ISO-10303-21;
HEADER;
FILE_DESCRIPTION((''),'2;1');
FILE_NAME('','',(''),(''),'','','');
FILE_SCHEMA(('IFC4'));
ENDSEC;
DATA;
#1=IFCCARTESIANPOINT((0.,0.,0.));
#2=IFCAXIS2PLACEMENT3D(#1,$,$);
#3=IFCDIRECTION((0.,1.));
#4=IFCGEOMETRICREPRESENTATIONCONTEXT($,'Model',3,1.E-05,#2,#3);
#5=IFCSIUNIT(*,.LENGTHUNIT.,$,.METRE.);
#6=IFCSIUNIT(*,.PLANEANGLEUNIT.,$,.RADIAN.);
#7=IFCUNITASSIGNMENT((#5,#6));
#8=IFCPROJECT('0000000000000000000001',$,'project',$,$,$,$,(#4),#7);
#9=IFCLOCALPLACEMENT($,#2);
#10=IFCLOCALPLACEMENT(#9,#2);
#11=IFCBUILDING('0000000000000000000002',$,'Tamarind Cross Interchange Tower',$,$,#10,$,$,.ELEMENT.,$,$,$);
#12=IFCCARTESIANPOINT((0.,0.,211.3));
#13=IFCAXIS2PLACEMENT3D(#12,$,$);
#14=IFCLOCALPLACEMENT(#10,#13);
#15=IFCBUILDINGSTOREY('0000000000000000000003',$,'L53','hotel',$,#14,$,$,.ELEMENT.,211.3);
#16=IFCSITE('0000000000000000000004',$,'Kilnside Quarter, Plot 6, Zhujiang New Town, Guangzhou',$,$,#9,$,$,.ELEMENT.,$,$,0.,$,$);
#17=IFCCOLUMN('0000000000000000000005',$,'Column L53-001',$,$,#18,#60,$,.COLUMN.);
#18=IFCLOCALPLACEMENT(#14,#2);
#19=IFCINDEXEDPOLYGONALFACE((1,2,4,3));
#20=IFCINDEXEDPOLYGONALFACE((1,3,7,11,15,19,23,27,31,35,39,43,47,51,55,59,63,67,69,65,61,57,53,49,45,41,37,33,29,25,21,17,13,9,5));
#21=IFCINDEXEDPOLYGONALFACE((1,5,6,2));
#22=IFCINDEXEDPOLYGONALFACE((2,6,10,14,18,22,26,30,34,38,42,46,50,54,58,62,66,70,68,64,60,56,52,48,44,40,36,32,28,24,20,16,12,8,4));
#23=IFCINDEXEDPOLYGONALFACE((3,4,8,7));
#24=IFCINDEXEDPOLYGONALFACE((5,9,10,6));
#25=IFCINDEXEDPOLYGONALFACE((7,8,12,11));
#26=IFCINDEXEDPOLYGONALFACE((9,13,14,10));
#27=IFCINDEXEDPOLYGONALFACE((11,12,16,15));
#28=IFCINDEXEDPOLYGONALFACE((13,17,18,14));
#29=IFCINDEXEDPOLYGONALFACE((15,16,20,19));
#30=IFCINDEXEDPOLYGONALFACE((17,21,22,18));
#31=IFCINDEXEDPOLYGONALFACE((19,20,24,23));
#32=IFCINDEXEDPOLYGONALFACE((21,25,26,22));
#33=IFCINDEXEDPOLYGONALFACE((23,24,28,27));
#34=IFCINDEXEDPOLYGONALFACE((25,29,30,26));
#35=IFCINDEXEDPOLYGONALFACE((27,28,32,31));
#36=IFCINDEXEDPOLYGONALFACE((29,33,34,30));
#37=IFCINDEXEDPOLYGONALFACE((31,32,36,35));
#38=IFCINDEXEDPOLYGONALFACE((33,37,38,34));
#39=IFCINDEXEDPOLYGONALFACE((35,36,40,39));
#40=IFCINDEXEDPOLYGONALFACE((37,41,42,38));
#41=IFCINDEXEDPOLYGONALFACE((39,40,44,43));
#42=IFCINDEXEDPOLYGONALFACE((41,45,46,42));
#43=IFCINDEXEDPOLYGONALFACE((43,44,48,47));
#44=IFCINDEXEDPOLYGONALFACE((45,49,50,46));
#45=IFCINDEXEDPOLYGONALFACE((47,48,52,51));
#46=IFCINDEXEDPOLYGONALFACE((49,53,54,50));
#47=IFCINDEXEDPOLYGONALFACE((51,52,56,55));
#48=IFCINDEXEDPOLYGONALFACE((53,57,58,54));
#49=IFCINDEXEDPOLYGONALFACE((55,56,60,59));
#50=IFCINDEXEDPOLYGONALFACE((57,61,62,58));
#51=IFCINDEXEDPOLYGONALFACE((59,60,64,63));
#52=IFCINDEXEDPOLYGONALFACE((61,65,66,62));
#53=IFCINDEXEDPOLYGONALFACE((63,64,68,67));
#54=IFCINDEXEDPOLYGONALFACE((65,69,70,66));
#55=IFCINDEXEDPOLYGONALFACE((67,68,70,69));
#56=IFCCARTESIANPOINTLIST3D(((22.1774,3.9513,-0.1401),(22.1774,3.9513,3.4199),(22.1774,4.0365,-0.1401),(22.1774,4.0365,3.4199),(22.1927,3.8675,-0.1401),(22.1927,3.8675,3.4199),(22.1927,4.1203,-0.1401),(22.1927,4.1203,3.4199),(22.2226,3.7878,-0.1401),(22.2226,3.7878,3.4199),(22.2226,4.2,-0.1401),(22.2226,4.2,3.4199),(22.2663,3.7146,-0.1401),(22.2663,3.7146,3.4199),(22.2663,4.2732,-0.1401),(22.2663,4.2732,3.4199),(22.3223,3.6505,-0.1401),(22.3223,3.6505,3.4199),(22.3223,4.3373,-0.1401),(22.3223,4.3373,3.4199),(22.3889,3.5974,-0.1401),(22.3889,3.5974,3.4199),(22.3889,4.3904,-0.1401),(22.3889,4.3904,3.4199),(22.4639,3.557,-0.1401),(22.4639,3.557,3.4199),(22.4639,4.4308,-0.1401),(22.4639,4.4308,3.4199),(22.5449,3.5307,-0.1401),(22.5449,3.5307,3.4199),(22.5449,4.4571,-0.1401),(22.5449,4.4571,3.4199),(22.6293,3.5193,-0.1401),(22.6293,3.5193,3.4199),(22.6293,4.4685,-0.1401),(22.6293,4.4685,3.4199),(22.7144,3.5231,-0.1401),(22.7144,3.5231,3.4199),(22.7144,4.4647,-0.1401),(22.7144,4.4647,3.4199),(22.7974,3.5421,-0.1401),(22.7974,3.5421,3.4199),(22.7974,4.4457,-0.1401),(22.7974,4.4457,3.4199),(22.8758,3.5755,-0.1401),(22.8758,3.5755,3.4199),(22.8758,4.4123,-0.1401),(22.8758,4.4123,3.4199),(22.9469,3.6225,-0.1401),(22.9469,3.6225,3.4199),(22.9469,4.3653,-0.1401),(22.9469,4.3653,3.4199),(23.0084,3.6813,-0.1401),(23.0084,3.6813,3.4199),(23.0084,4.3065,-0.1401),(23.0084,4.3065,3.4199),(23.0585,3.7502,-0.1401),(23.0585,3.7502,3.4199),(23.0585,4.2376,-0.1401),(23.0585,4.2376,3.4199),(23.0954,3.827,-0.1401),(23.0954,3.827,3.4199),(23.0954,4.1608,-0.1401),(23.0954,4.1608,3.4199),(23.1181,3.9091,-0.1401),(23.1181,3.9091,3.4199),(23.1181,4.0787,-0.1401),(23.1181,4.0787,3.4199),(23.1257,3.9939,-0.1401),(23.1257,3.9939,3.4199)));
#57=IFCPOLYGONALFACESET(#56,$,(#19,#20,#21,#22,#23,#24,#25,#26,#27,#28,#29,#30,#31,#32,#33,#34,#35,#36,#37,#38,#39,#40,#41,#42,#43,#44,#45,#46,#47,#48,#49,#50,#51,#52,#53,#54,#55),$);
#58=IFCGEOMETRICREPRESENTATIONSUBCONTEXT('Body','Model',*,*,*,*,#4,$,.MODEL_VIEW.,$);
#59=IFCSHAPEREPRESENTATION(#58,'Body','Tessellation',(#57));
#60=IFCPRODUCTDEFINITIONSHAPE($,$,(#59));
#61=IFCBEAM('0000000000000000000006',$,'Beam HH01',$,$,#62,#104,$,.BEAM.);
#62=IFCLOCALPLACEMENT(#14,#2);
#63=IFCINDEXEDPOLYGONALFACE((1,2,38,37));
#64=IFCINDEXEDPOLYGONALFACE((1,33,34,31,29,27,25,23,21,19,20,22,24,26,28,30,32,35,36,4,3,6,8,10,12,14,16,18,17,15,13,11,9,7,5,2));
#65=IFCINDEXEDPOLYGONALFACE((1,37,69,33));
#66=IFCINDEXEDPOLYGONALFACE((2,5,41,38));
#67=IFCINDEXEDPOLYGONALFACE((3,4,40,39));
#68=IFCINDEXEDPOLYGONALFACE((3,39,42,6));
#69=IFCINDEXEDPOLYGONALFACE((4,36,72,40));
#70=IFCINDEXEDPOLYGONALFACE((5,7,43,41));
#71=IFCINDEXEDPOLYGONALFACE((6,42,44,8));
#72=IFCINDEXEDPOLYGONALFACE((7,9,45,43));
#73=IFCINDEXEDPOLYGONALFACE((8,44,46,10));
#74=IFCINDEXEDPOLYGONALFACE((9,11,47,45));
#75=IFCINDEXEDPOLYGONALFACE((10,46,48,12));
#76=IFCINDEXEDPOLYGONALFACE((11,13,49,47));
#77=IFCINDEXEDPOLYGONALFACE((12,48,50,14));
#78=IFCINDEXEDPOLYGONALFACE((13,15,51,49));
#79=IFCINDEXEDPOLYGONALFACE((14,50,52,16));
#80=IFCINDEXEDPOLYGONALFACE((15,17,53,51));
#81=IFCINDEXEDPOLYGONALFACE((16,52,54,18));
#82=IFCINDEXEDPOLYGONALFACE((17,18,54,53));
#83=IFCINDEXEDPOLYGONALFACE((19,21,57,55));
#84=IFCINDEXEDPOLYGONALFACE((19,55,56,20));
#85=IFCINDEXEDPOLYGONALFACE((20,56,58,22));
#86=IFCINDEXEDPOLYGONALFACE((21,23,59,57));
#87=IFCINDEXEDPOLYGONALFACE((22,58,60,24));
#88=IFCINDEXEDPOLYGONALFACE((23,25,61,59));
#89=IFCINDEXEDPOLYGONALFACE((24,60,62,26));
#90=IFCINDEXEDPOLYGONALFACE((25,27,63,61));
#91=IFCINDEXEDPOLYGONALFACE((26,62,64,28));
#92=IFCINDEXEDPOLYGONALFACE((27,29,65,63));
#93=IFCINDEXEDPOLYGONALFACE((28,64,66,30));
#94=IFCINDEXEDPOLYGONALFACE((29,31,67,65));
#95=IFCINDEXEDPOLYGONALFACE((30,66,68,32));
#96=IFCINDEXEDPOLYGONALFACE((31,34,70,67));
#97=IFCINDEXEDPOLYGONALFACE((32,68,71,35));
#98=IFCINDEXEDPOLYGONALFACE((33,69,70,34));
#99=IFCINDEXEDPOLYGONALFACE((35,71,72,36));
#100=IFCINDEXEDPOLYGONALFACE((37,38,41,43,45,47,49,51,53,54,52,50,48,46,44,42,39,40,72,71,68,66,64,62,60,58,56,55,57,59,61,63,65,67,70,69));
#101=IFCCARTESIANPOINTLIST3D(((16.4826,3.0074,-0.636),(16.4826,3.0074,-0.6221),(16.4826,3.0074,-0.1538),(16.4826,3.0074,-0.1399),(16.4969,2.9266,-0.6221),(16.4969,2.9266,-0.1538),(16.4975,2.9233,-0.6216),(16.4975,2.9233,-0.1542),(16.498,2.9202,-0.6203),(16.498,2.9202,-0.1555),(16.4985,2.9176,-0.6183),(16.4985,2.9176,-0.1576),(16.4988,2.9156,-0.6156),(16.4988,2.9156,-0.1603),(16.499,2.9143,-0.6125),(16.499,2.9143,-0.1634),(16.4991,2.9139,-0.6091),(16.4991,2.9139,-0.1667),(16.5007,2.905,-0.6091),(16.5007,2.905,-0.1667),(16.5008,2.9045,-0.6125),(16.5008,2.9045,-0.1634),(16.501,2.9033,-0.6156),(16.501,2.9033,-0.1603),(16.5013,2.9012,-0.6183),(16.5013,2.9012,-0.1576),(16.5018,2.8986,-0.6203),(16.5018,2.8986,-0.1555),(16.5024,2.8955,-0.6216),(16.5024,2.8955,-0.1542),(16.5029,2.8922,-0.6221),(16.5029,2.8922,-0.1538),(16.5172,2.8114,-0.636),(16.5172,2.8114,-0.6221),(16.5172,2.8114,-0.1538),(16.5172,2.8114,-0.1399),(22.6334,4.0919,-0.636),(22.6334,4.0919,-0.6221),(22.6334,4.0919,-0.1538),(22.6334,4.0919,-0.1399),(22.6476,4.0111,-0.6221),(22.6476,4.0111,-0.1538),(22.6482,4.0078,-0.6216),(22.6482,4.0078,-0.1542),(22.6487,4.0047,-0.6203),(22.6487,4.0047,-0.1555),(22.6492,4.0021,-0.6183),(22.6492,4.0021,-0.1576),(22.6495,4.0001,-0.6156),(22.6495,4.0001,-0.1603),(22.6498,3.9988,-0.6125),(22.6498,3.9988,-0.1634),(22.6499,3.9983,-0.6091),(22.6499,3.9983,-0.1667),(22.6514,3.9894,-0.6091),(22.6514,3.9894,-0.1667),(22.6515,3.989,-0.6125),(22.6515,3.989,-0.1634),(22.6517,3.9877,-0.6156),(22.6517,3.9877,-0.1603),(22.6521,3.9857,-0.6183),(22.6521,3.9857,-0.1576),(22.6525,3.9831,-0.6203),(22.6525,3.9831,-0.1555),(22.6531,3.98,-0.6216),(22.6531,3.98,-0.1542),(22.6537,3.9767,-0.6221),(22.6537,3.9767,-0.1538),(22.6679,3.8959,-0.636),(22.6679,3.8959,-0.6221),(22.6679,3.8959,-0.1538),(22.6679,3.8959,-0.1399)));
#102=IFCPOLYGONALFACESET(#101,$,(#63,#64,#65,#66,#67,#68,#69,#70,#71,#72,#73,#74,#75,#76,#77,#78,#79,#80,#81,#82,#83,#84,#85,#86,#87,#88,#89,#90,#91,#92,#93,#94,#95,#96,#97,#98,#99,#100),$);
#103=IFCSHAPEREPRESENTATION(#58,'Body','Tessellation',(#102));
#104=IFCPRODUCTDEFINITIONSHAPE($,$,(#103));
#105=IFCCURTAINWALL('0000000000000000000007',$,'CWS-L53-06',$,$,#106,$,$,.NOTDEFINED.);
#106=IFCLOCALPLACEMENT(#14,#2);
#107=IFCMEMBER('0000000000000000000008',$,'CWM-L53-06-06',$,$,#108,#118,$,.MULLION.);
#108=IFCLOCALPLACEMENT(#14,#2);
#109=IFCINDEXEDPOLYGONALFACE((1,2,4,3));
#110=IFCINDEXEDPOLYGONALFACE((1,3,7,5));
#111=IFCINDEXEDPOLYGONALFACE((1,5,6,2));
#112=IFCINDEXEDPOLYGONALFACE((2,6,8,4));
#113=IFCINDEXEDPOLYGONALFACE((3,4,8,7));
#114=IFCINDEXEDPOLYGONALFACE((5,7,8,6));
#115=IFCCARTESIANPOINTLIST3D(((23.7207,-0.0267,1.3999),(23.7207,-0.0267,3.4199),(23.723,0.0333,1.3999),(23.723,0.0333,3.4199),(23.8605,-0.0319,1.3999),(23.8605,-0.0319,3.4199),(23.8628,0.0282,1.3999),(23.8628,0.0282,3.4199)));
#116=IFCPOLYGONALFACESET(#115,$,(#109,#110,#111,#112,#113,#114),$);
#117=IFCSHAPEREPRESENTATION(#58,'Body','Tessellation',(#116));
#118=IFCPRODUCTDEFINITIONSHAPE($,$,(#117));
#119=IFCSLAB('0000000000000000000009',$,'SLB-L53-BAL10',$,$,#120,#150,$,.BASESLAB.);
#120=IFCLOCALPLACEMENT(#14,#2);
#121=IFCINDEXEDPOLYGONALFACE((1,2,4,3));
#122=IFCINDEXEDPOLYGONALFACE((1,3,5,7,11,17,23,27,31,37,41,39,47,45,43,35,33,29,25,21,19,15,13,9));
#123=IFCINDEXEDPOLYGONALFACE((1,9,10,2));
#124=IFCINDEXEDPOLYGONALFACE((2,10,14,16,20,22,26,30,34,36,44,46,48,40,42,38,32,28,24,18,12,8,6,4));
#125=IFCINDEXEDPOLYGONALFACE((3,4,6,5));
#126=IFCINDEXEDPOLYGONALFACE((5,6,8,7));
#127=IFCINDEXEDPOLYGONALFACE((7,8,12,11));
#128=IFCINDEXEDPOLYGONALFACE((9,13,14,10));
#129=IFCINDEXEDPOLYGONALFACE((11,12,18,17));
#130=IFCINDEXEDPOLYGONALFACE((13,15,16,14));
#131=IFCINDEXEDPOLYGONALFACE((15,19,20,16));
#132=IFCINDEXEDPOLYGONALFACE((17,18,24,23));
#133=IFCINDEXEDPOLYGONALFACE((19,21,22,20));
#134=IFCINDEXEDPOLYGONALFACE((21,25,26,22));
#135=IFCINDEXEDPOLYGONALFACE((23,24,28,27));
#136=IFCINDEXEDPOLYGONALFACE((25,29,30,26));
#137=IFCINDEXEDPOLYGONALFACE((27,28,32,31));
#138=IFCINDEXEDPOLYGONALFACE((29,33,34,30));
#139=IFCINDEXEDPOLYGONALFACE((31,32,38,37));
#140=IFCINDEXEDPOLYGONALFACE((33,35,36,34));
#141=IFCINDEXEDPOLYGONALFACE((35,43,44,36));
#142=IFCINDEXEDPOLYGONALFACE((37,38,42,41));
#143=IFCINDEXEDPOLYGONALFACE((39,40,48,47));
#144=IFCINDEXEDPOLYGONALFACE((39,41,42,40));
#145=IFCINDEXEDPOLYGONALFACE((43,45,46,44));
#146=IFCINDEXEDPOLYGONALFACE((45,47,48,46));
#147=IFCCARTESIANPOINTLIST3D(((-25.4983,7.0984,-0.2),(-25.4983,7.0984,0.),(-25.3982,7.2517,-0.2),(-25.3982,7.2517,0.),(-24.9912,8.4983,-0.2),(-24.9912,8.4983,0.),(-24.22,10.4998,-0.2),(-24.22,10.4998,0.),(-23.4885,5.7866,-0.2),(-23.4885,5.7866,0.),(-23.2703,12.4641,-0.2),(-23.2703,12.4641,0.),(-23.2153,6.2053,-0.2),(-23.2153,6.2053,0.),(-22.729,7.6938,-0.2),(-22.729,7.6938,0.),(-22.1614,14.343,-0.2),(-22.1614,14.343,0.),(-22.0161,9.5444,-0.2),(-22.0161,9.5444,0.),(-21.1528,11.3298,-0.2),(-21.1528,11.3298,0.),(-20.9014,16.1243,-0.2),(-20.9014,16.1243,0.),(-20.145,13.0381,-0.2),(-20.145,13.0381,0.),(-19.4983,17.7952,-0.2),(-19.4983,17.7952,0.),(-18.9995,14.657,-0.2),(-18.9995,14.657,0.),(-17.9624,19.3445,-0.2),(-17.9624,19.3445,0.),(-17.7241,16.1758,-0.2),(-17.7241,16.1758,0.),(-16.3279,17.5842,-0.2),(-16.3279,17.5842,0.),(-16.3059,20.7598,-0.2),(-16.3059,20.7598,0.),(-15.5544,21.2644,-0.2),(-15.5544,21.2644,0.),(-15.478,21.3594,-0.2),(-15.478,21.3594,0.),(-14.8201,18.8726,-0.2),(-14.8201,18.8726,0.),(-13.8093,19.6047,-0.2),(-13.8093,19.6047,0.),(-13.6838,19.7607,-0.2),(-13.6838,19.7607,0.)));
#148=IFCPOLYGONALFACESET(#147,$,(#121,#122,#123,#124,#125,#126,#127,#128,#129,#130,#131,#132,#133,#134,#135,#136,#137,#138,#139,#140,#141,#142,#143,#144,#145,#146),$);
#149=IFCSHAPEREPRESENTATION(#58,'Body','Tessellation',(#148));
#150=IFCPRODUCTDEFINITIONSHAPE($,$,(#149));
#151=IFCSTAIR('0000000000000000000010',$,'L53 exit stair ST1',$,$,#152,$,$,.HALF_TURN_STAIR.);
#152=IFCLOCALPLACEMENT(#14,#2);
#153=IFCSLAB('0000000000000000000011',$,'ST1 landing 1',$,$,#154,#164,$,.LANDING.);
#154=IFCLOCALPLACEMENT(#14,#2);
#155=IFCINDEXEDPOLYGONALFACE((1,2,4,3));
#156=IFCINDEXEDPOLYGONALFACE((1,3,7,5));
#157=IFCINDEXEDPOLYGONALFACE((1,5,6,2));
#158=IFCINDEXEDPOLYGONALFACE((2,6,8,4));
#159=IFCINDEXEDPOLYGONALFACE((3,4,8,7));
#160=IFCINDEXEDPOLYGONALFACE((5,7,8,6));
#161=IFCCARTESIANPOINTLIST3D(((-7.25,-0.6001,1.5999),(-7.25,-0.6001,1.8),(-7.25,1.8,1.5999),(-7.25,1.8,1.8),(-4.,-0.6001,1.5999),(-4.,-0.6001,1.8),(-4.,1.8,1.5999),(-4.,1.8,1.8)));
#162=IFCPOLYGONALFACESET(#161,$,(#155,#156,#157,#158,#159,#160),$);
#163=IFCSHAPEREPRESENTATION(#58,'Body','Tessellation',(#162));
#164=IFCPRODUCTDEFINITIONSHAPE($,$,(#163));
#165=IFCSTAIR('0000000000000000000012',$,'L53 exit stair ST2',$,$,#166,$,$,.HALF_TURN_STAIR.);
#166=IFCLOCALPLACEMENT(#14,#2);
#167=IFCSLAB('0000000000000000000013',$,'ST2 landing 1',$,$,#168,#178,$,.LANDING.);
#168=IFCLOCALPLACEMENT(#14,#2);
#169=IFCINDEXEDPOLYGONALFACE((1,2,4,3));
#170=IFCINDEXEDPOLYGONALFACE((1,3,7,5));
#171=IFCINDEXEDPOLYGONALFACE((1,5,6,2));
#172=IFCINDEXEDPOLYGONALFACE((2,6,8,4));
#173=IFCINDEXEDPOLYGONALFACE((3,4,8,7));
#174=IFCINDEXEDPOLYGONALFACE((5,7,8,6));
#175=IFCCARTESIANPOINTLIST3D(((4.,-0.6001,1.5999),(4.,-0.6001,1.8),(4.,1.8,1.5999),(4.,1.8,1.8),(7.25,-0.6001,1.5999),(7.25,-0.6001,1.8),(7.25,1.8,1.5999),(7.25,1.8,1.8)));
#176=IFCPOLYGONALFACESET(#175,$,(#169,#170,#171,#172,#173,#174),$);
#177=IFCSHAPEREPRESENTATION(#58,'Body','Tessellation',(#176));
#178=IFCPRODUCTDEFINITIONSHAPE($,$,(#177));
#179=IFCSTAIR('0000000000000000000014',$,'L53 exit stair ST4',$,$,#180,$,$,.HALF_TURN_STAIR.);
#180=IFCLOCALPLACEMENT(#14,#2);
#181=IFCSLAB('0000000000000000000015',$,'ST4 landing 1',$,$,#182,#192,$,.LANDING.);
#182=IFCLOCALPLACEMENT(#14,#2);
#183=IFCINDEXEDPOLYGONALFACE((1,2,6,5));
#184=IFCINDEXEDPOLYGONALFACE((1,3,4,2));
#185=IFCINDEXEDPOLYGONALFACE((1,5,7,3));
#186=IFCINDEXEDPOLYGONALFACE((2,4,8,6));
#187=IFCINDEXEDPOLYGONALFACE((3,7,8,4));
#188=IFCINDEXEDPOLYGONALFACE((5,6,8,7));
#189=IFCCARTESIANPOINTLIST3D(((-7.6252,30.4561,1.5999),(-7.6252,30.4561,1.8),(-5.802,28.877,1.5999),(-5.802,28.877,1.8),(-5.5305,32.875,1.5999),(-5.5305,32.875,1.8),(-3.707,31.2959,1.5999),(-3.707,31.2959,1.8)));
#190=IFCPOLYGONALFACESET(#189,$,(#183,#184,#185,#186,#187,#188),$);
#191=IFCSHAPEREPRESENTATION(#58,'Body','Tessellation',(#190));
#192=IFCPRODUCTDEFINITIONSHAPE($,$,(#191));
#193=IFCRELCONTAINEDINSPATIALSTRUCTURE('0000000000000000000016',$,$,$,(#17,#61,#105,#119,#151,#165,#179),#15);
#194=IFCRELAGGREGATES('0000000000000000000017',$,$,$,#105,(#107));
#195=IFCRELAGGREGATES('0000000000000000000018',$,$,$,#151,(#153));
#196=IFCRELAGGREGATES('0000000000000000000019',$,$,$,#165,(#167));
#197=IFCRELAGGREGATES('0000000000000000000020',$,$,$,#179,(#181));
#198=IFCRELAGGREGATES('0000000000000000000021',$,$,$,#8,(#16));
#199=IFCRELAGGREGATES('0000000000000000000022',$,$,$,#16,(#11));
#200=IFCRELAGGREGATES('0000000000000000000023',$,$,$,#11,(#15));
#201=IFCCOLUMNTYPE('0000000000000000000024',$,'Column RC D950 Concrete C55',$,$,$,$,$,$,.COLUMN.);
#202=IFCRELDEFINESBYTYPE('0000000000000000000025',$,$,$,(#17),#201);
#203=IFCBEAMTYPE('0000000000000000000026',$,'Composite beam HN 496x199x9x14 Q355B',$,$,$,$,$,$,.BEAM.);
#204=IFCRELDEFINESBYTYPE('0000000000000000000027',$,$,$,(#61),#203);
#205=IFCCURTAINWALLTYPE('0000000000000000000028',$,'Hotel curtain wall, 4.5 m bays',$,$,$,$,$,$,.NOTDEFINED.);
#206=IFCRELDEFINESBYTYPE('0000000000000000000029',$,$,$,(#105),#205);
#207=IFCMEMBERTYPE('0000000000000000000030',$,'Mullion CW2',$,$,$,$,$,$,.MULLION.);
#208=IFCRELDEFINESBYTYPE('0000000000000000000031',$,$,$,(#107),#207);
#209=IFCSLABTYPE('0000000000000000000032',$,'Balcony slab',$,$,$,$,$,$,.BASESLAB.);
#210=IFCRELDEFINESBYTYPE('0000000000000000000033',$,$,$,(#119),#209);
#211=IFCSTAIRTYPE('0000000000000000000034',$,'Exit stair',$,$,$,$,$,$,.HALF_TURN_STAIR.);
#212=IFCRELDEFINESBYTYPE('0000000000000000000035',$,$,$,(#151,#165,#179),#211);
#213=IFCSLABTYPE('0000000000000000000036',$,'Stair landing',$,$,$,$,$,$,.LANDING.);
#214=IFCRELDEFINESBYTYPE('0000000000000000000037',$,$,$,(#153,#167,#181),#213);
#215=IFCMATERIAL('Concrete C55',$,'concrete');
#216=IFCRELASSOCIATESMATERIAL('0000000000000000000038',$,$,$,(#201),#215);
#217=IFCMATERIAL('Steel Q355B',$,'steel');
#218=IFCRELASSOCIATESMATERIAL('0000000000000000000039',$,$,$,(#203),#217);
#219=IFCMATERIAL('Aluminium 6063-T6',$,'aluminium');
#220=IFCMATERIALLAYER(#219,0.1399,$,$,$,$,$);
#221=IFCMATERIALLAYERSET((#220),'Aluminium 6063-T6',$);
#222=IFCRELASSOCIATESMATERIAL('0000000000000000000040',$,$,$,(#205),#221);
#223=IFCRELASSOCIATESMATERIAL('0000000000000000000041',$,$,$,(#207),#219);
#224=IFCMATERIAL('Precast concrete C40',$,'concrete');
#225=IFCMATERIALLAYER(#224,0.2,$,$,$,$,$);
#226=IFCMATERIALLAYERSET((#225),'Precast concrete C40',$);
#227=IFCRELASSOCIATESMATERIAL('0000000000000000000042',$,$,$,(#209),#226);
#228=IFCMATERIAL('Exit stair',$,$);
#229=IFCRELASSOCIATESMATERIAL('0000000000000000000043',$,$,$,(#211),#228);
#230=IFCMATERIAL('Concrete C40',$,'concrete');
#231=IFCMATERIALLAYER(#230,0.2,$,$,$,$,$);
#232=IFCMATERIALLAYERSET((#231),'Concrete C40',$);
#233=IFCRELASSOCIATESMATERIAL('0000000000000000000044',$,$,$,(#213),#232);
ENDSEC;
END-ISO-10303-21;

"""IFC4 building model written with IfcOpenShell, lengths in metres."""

from ifc_helpers import new_model, si_unit, direction, frame, origin, origin_2d, place, context, subcontext, project, spatial, polyline, rectangle, circle, i_section, outline, extrude, material, layer, layer_set, material_profile, profile_set, type_object, element, aggregate, save


model = new_model("IFC4")

# Units and contexts
model_context = context("Model", 3, precision=1e-05, world=origin(), true_north=direction((0.0, 1.0)))
body_context = subcontext(model_context, "Body", "Model", "MODEL_VIEW")
ifc_project = project(units=[si_unit("LENGTHUNIT", "METRE"), si_unit("PLANEANGLEUNIT", "RADIAN")], contexts=[model_context])

# Site, building, storey
site_placement = place(None, origin())
site = spatial("IfcSite", under=ifc_project, at=site_placement, Name="Kilnside Quarter, Plot 6, Zhujiang New Town, Guangzhou", CompositionType="ELEMENT", RefElevation=0.0)
building_placement = place(site_placement, origin())
building = spatial("IfcBuilding", under=site, at=building_placement, Name="Tamarind Cross Interchange Tower", CompositionType="ELEMENT")
storey_placement = place(building_placement, frame((0.0, 0.0, 211.3)))
storey = spatial("IfcBuildingStorey", under=building, at=storey_placement, Name="L53", Description="hotel", CompositionType="ELEMENT", Elevation=211.3)

# Column
ifc_material_1 = material(Name="Concrete C55", Category="concrete")
ifc_material_profile_1 = material_profile(ifc_material_1, circle(Radius=0.4751, at=origin_2d()), Name="RC D950")
ifc_profile_set_1 = profile_set([ifc_material_profile_1], Name="Concrete C55")
column_type = type_object("IfcColumnType", Name="Column RC D950 Concrete C55", PredefinedType="COLUMN", material=ifc_profile_set_1)
column_placement = place(storey_placement, frame((22.6506, 3.9939, -0.1401), z_axis=(0.0, 0.0, 1.0), x_axis=(1.0, 0.0, 0.0)))
element("IfcColumn", 1, at=column_placement, inside=storey, type_object=column_type, Name="Column L53-001", PredefinedType="COLUMN", context=body_context, shape_type="SweptSolid", body=[
    extrude(circle(Radius=0.4751, at=origin_2d()), origin(), (0.0, 0.0, 1.0), 3.5601),
])

# Beam
ifc_material_2 = material(Name="Steel Q355B", Category="steel")
ifc_material_profile_2 = material_profile(ifc_material_2, i_section(OverallWidth=0.199, OverallDepth=0.4961, WebThickness=0.009, FlangeThickness=0.0139, FilletRadius=0.0129, at=origin_2d()), Name="HN 496x199x9x14")
ifc_profile_set_2 = profile_set([ifc_material_profile_2], Name="Steel Q355B")
beam_type = type_object("IfcBeamType", Name="Composite beam HN 496x199x9x14 Q355B", PredefinedType="BEAM", material=ifc_profile_set_2)
beam_placement = place(storey_placement, frame((22.6506, 3.9939, -0.3879), z_axis=(-0.984809, -0.17364, 0.0), x_axis=(0.17364, -0.984809, 0.0)))
element("IfcBeam", 2, at=beam_placement, inside=storey, type_object=beam_type, Name="Beam HH01", PredefinedType="BEAM", context=body_context, shape_type="SweptSolid", body=[
    extrude(i_section(OverallWidth=0.199, OverallDepth=0.4961, WebThickness=0.009, FlangeThickness=0.0139, FilletRadius=0.0129, at=origin_2d()), origin(), (0.0, 0.0, 1.0), 6.2456),
])

# Curtain wall, member
ifc_material_3 = material(Name="Aluminium 6063-T6", Category="aluminium")
ifc_layer_1 = layer(ifc_material_3, 0.1399)
ifc_layer_set_1 = layer_set([ifc_layer_1], Name="Aluminium 6063-T6")
curtain_wall_type = type_object("IfcCurtainWallType", Name="Hotel curtain wall, 4.5 m bays", PredefinedType="NOTDEFINED", material=ifc_layer_set_1)
curtain_wall_placement = place(storey_placement, origin())
curtain_wall = element("IfcCurtainWall", 3, at=curtain_wall_placement, inside=storey, type_object=curtain_wall_type, Name="CWS-L53-06", PredefinedType="NOTDEFINED")
ifc_material_profile_3 = material_profile(ifc_material_3, rectangle(XDim=0.0601, YDim=0.1399, at=origin_2d()), Name="Mullion CW2")
ifc_profile_set_3 = profile_set([ifc_material_profile_3], Name="Aluminium 6063-T6")
member_type = type_object("IfcMemberType", Name="Mullion CW2", PredefinedType="MULLION", material=ifc_profile_set_3)
member_placement = place(storey_placement, frame((23.7917, 0.0007, 1.3999), z_axis=(0.0, 0.0, 1.0), x_axis=(0.037025, 0.999314, 0.0)))
member = element("IfcMember", 4, at=member_placement, type_object=member_type, Name="CWM-L53-06-06", PredefinedType="MULLION", context=body_context, shape_type="SweptSolid", body=[
    extrude(rectangle(XDim=0.0601, YDim=0.1399, at=origin_2d()), origin(), (0.0, 0.0, 1.0), 2.02),
])
aggregate(curtain_wall, [member])

# Slab
ifc_material_4 = material(Name="Precast concrete C40", Category="concrete")
ifc_layer_2 = layer(ifc_material_4, 0.2)
ifc_layer_set_2 = layer_set([ifc_layer_2], Name="Precast concrete C40")
slab_type_1 = type_object("IfcSlabType", Name="Balcony slab", PredefinedType="BASESLAB", material=ifc_layer_set_2)
slab_1_placement = place(storey_placement, frame((0.0, 0.0, -0.2)))
element("IfcSlab", 5, at=slab_1_placement, inside=storey, type_object=slab_type_1, Name="SLB-L53-BAL10", PredefinedType="BASESLAB", context=body_context, shape_type="SweptSolid", body=[
    extrude(outline(polyline([(-13.6838, 19.7607), (-13.8093, 19.6047), (-14.8201, 18.8726), (-16.3279, 17.5842), (-17.7241, 16.1758), (-18.9995, 14.657), (-20.145, 13.0381), (-21.1528, 11.3298), (-22.0161, 9.5444), (-22.729, 7.6938), (-23.2153, 6.2053), (-23.4885, 5.7866), (-25.4983, 7.0984), (-25.3982, 7.2517), (-24.9912, 8.4983), (-24.22, 10.4998), (-23.2703, 12.4641), (-22.1614, 14.343), (-20.9014, 16.1243), (-19.4983, 17.7952), (-17.9624, 19.3445), (-16.3059, 20.7598), (-15.478, 21.3594), (-15.5544, 21.2644), (-13.6838, 19.7607)])), origin(), (0.0, 0.0, 1.0), 0.2),
])

# Stairs, slabs
ifc_material_5 = material(Name="Exit stair")
stair_type = type_object("IfcStairType", Name="Exit stair", PredefinedType="HALF_TURN_STAIR", material=ifc_material_5)
stair_1_placement = place(storey_placement, origin())
stair_1 = element("IfcStair", 6, at=stair_1_placement, inside=storey, type_object=stair_type, Name="L53 exit stair ST1", PredefinedType="HALF_TURN_STAIR")
ifc_material_6 = material(Name="Concrete C40", Category="concrete")
ifc_layer_3 = layer(ifc_material_6, 0.2)
ifc_layer_set_3 = layer_set([ifc_layer_3], Name="Concrete C40")
slab_type_2 = type_object("IfcSlabType", Name="Stair landing", PredefinedType="LANDING", material=ifc_layer_set_3)
slab_2_placement = place(storey_placement, frame((0.0, 0.0, 1.5999)))
slab_2 = element("IfcSlab", 7, at=slab_2_placement, type_object=slab_type_2, Name="ST1 landing 1", PredefinedType="LANDING", context=body_context, shape_type="SweptSolid", body=[
    extrude(outline(polyline([(-4.0, -0.6001), (-4.0, 1.8), (-7.25, 1.8), (-7.25, -0.6001), (-4.0, -0.6001)])), origin(), (0.0, 0.0, 1.0), 0.2002),
])
aggregate(stair_1, [slab_2])
stair_2_placement = place(storey_placement, origin())
stair_2 = element("IfcStair", 8, at=stair_2_placement, inside=storey, type_object=stair_type, Name="L53 exit stair ST2", PredefinedType="HALF_TURN_STAIR")
slab_3_placement = place(storey_placement, frame((0.0, 0.0, 1.5999)))
slab_3 = element("IfcSlab", 9, at=slab_3_placement, type_object=slab_type_2, Name="ST2 landing 1", PredefinedType="LANDING", context=body_context, shape_type="SweptSolid", body=[
    extrude(outline(polyline([(7.25, -0.6001), (7.25, 1.8), (4.0, 1.8), (4.0, -0.6001), (7.25, -0.6001)])), origin(), (0.0, 0.0, 1.0), 0.2002),
])
aggregate(stair_2, [slab_3])
stair_3_placement = place(storey_placement, origin())
stair_3 = element("IfcStair", 10, at=stair_3_placement, inside=storey, type_object=stair_type, Name="L53 exit stair ST4", PredefinedType="HALF_TURN_STAIR")
slab_4_placement = place(storey_placement, frame((0.0, 0.0, 1.5999)))
slab_4 = element("IfcSlab", 11, at=slab_4_placement, type_object=slab_type_2, Name="ST4 landing 1", PredefinedType="LANDING", context=body_context, shape_type="SweptSolid", body=[
    extrude(outline(polyline([(-3.707, 31.2959), (-5.5305, 32.875), (-7.6252, 30.4561), (-5.802, 28.877), (-3.707, 31.2959)])), origin(), (0.0, 0.0, 1.0), 0.2002),
])
aggregate(stair_3, [slab_4])

save(model, "model.ifc")
